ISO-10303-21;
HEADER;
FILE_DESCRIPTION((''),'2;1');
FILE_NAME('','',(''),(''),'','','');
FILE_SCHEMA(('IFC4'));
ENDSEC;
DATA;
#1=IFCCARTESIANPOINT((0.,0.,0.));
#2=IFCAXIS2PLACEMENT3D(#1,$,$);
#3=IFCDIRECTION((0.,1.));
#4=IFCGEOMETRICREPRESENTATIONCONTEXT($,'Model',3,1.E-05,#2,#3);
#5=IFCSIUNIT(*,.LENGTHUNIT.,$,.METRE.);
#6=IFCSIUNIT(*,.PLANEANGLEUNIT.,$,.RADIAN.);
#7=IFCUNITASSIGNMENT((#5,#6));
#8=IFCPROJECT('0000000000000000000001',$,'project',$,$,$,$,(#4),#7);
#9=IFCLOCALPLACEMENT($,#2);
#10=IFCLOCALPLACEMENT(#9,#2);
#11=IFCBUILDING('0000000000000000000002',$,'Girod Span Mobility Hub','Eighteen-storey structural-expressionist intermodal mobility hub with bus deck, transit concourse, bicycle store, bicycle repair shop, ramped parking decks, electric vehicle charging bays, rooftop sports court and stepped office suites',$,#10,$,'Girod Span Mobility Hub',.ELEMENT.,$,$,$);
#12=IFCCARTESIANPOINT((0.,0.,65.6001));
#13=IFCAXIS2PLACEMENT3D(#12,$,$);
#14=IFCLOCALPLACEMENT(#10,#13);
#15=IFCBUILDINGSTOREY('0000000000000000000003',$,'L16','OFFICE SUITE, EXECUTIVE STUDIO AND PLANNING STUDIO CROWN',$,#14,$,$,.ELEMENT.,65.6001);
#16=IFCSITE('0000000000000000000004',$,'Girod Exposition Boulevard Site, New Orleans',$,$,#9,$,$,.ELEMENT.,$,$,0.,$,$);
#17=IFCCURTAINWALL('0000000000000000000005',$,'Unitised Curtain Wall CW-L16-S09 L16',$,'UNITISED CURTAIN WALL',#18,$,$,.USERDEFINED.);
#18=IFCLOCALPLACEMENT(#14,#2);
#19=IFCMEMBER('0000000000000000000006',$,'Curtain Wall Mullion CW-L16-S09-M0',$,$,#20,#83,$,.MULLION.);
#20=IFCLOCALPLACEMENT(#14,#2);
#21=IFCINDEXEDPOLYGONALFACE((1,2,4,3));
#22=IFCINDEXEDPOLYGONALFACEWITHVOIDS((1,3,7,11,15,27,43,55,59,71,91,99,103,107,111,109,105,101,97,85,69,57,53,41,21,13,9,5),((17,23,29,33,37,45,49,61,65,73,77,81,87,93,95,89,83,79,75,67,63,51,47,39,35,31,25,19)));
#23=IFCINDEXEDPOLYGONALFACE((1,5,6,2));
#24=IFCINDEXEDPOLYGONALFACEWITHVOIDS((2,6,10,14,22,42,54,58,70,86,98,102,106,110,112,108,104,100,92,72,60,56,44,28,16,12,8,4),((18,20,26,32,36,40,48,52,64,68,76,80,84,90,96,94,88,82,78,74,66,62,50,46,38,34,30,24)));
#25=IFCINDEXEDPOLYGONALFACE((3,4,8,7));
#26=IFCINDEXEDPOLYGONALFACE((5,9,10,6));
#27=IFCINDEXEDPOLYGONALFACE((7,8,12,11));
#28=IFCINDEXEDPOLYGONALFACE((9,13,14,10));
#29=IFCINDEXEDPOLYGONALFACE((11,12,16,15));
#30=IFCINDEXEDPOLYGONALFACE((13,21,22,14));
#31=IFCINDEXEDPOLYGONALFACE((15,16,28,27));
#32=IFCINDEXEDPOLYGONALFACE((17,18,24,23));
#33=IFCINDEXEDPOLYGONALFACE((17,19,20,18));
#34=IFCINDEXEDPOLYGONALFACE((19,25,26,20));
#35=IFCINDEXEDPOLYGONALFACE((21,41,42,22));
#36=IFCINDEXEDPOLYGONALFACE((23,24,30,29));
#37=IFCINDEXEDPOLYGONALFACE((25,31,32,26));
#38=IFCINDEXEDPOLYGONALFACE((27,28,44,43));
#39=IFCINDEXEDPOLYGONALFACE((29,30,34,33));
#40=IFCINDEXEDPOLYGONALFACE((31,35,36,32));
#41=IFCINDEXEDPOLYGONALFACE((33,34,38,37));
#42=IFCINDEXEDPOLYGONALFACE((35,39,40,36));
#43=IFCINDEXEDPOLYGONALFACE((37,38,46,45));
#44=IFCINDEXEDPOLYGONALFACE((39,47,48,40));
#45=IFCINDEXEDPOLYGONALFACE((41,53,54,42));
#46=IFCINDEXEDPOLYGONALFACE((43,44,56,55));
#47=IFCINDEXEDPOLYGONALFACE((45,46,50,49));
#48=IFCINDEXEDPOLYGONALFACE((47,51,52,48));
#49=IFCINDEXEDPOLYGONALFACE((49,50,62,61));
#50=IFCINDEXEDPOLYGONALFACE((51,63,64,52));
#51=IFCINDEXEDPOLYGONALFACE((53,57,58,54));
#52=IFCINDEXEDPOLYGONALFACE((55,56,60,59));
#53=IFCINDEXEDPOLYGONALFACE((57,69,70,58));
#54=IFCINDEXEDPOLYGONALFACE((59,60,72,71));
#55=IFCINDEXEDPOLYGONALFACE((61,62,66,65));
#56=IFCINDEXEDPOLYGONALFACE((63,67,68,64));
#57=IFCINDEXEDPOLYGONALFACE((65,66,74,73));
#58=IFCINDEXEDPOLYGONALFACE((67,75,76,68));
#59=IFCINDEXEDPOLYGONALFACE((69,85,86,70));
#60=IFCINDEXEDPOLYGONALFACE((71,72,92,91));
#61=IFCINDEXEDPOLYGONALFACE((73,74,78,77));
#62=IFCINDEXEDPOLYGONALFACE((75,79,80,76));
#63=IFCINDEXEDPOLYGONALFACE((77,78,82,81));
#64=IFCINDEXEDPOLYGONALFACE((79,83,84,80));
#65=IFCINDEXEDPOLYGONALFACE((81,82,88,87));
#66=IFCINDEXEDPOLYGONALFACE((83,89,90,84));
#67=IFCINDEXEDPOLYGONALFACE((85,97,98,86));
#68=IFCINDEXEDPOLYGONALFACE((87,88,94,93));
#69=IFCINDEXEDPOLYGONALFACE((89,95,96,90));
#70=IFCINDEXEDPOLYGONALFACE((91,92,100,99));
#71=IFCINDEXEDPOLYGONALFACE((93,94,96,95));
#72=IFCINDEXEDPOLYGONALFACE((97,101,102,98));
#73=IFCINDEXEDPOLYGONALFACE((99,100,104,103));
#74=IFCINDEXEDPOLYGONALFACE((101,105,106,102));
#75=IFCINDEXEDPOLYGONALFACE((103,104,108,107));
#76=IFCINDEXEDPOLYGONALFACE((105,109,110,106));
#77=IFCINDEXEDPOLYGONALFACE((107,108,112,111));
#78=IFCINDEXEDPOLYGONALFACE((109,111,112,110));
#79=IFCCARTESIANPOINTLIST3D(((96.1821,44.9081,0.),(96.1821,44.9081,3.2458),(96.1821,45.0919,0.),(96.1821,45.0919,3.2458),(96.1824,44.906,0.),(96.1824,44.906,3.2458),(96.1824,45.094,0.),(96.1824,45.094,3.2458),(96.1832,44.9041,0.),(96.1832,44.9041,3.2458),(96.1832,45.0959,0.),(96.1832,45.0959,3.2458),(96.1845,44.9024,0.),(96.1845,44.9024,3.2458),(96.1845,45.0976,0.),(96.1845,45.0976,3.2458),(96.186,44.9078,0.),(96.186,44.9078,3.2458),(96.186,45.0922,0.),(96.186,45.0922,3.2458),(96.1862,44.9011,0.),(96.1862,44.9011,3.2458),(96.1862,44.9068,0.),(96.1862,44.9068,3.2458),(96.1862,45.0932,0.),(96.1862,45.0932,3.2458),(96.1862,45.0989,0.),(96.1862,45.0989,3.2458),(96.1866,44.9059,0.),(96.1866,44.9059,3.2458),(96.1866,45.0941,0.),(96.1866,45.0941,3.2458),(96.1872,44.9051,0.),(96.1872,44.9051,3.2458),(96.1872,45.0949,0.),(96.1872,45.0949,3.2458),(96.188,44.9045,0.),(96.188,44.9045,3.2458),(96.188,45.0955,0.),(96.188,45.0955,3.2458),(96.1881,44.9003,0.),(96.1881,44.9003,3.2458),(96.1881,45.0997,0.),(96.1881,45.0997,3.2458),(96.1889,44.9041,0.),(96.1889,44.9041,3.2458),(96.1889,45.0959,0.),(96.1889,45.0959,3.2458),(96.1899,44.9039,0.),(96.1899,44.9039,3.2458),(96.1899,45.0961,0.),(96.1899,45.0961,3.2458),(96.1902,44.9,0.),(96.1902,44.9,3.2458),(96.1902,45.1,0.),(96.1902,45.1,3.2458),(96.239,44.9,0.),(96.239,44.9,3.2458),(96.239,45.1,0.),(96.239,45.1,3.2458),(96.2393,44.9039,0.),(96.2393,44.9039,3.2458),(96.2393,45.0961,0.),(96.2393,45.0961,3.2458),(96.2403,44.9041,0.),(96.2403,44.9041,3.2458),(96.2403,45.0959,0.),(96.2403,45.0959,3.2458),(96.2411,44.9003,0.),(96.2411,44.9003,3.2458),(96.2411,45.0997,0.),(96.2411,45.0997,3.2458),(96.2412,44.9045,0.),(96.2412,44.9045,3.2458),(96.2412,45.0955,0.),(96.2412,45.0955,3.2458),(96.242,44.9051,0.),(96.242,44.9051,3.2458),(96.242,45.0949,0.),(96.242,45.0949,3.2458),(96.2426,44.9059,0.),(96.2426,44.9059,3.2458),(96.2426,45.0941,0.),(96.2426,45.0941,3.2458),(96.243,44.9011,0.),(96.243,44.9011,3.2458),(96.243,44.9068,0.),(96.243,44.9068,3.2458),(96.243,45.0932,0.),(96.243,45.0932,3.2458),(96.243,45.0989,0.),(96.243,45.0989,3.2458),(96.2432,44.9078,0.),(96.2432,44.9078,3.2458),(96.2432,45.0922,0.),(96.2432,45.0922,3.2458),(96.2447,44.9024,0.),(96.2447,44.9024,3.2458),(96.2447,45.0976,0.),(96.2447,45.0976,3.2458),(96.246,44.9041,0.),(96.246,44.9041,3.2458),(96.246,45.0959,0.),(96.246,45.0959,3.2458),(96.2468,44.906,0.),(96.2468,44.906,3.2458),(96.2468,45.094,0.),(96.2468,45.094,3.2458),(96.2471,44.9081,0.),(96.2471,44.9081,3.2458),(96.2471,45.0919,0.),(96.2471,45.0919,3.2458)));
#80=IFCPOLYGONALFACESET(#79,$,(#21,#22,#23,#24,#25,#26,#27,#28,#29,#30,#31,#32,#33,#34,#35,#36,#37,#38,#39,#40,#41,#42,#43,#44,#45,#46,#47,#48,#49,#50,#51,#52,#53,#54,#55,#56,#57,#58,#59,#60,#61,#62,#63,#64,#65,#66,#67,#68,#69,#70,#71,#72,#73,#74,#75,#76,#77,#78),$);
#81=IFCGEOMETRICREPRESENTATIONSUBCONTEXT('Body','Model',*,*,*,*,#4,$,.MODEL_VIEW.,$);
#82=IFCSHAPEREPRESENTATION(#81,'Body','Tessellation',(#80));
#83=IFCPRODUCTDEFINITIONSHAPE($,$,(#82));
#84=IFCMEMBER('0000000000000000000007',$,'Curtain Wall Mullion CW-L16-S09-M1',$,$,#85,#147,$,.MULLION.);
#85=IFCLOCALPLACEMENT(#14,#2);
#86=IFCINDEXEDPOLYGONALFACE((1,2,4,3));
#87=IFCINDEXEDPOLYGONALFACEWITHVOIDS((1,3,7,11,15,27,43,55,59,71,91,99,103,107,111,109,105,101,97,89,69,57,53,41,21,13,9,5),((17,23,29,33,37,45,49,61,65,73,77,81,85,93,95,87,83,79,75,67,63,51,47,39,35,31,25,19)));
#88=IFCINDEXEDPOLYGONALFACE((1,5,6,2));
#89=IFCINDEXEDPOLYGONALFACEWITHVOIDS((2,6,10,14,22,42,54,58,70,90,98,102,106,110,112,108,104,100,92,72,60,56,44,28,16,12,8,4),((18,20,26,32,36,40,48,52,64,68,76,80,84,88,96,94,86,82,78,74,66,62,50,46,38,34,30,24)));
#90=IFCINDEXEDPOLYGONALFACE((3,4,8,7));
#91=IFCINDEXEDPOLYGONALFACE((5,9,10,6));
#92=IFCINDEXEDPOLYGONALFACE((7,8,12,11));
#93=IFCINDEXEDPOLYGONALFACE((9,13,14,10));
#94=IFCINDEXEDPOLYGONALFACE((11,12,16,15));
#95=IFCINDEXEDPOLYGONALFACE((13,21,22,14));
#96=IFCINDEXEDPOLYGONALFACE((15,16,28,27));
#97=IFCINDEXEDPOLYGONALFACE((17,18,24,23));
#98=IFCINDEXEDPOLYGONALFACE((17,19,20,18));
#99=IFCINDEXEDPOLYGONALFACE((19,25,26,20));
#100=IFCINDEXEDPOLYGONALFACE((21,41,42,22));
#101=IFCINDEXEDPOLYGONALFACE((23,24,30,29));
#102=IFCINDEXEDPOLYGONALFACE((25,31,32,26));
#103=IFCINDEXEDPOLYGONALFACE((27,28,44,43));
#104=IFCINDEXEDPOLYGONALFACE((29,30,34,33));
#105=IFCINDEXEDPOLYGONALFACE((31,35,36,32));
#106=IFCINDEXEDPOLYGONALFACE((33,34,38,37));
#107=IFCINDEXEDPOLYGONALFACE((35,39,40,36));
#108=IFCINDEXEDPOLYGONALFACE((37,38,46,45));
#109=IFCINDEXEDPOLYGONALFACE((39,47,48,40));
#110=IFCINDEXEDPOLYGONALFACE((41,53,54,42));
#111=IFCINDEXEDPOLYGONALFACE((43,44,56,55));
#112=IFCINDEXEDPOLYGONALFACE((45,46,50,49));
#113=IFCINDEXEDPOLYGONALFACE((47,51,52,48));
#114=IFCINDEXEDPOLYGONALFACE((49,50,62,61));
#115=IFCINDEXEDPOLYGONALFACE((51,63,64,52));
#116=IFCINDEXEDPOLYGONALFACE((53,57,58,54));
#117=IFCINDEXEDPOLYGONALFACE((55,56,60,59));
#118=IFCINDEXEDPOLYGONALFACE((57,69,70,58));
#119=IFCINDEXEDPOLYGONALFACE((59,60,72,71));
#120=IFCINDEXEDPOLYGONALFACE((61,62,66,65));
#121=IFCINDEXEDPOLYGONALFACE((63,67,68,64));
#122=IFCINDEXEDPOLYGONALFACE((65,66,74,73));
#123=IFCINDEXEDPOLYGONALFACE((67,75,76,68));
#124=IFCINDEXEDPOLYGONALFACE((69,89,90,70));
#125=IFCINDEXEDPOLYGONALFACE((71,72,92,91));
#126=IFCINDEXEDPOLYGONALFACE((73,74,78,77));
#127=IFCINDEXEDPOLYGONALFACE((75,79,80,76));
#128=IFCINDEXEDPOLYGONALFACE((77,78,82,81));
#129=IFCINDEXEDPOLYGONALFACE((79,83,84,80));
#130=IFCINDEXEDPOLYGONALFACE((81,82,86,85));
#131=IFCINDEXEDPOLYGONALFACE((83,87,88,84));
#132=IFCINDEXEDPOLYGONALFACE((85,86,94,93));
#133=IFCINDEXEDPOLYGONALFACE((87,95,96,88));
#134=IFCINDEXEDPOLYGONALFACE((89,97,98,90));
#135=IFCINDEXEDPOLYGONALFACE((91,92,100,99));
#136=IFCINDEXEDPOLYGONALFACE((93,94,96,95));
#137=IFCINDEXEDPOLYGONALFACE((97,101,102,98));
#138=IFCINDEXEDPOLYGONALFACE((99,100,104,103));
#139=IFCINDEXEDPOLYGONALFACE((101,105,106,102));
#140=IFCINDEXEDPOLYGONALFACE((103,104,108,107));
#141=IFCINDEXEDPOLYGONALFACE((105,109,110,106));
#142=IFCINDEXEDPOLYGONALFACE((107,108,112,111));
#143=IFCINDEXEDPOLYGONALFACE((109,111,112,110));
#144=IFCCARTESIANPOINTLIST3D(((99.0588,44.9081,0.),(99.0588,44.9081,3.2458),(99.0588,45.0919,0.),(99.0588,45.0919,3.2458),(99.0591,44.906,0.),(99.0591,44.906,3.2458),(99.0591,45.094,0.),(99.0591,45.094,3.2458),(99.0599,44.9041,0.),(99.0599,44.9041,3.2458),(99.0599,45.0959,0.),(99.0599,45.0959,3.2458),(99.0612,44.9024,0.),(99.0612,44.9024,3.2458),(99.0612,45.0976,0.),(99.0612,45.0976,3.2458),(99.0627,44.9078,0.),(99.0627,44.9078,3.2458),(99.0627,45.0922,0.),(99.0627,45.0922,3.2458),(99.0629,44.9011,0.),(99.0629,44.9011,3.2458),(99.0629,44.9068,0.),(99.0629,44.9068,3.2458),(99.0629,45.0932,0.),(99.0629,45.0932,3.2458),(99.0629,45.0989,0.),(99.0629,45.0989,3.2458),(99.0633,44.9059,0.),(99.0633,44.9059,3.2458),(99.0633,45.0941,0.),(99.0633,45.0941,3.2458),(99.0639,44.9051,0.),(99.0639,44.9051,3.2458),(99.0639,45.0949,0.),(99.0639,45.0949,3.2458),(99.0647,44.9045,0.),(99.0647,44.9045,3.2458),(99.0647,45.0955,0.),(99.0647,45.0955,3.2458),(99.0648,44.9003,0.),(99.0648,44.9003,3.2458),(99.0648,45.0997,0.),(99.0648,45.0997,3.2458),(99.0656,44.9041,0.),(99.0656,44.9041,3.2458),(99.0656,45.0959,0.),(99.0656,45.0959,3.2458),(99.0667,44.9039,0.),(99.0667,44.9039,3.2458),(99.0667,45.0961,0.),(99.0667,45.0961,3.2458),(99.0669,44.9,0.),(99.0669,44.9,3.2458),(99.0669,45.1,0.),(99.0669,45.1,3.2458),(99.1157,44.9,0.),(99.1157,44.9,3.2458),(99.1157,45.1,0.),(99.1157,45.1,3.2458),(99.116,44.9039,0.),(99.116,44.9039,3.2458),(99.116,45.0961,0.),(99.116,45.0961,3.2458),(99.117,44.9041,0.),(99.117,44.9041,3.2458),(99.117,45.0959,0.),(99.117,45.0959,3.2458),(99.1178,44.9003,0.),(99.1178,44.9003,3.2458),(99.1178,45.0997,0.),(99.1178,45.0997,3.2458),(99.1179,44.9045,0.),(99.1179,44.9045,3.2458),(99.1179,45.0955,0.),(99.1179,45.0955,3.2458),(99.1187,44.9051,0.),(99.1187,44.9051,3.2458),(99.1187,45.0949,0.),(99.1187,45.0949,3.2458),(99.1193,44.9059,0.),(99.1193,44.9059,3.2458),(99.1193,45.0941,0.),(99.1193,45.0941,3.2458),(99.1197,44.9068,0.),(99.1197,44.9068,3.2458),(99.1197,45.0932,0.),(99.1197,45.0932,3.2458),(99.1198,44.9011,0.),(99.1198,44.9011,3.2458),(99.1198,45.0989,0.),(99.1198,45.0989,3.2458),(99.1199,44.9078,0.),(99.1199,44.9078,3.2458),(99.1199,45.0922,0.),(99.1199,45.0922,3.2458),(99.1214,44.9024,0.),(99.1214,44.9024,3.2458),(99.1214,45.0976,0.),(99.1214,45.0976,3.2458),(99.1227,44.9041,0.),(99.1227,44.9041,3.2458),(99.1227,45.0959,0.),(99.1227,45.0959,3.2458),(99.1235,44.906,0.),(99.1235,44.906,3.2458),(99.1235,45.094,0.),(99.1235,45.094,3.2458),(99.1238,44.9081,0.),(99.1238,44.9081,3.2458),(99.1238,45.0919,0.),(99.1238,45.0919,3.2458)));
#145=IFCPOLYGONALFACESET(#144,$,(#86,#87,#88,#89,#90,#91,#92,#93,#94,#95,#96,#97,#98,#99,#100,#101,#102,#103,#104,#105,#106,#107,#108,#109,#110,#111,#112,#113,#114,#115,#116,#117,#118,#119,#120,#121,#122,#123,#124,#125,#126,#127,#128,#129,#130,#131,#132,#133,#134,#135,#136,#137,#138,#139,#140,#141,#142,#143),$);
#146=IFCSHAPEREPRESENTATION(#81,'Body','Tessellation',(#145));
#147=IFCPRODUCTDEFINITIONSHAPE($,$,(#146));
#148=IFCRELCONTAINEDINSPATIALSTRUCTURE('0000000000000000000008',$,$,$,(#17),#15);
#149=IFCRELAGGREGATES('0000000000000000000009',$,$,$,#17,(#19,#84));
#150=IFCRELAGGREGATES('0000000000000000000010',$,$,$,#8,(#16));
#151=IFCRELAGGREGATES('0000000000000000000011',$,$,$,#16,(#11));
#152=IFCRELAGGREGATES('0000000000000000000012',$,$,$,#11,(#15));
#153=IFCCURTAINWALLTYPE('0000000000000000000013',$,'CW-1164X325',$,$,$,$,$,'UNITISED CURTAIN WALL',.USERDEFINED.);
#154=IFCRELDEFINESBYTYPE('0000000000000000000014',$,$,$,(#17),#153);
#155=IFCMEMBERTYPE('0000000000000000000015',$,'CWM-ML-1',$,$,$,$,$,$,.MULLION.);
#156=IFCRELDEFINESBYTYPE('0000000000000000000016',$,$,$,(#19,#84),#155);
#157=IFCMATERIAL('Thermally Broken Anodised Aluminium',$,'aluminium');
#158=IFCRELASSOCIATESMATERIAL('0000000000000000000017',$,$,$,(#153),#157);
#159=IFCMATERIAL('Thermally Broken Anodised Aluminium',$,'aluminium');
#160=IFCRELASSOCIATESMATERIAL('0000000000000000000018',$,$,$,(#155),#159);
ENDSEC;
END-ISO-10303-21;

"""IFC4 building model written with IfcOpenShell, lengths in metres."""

from ifc_helpers import new_model, si_unit, direction, frame, origin, origin_2d, place, context, subcontext, project, spatial, hollow_rectangle, extrude, material, material_profile, profile_set, type_object, element, aggregate, save


model = new_model("IFC4")

# Units and contexts
model_context = context("Model", 3, precision=1e-05, world=origin(), true_north=direction((0.0, 1.0)))
body_context = subcontext(model_context, "Body", "Model", "MODEL_VIEW")
ifc_project = project(units=[si_unit("LENGTHUNIT", "METRE"), si_unit("PLANEANGLEUNIT", "RADIAN")], contexts=[model_context])

# Site, building, storey
site_placement = place(None, origin())
site = spatial("IfcSite", under=ifc_project, at=site_placement, Name="Girod Exposition Boulevard Site, New Orleans", CompositionType="ELEMENT", RefElevation=0.0)
building_placement = place(site_placement, origin())
building = spatial("IfcBuilding", under=site, at=building_placement, Name="Girod Span Mobility Hub", Description="Eighteen-storey structural-expressionist intermodal mobility hub with bus deck, transit concourse, bicycle store, bicycle repair shop, ramped parking decks, electric vehicle charging bays, rooftop sports court and stepped office suites", LongName="Girod Span Mobility Hub", CompositionType="ELEMENT")
storey_placement = place(building_placement, frame((0.0, 0.0, 65.6001)))
storey = spatial("IfcBuildingStorey", under=building, at=storey_placement, Name="L16", Description="OFFICE SUITE, EXECUTIVE STUDIO AND PLANNING STUDIO CROWN", CompositionType="ELEMENT", Elevation=65.6001)

# Curtain wall, members
ifc_material_1 = material(Name="Thermally Broken Anodised Aluminium", Category="aluminium")
curtain_wall_type = type_object("IfcCurtainWallType", Name="CW-1164X325", ElementType="UNITISED CURTAIN WALL", PredefinedType="USERDEFINED", material=ifc_material_1)
curtain_wall_placement = place(storey_placement, origin())
curtain_wall = element("IfcCurtainWall", 1, at=curtain_wall_placement, inside=storey, type_object=curtain_wall_type, Name="Unitised Curtain Wall CW-L16-S09 L16", ObjectType="UNITISED CURTAIN WALL", PredefinedType="USERDEFINED")
ifc_material_2 = material(Name="Thermally Broken Anodised Aluminium", Category="aluminium")
ifc_material_profile_1 = material_profile(ifc_material_2, hollow_rectangle(XDim=0.2, YDim=0.0649, WallThickness=0.0039, InnerFilletRadius=0.0039, OuterFilletRadius=0.0081, at=origin_2d()), Name="CW-ML-65X200")
ifc_profile_set_1 = profile_set([ifc_material_profile_1], Name="Thermally Broken Anodised Aluminium")
member_type = type_object("IfcMemberType", Name="CWM-ML-1", PredefinedType="MULLION", material=ifc_profile_set_1)
member_1_placement = place(storey_placement, frame((96.2146, 45.0, 0.0), z_axis=(0.0, 0.0, 1.0), x_axis=(0.0, 1.0, 0.0)))
member_1 = element("IfcMember", 2, at=member_1_placement, type_object=member_type, Name="Curtain Wall Mullion CW-L16-S09-M0", PredefinedType="MULLION", context=body_context, shape_type="SweptSolid", body=[
    extrude(hollow_rectangle(XDim=0.2, YDim=0.0649, WallThickness=0.0039, InnerFilletRadius=0.0039, OuterFilletRadius=0.0081, at=origin_2d()), origin(), (0.0, 0.0, 1.0), 3.2458),
])
member_2_placement = place(storey_placement, frame((99.0913, 45.0, 0.0), z_axis=(0.0, 0.0, 1.0), x_axis=(0.0, 1.0, 0.0)))
member_2 = element("IfcMember", 3, at=member_2_placement, type_object=member_type, Name="Curtain Wall Mullion CW-L16-S09-M1", PredefinedType="MULLION", context=body_context, shape_type="SweptSolid", body=[
    extrude(hollow_rectangle(XDim=0.2, YDim=0.0649, WallThickness=0.0039, InnerFilletRadius=0.0039, OuterFilletRadius=0.0081, at=origin_2d()), origin(), (0.0, 0.0, 1.0), 3.2458),
])
aggregate(curtain_wall, [member_1, member_2])

save(model, "model.ifc")
